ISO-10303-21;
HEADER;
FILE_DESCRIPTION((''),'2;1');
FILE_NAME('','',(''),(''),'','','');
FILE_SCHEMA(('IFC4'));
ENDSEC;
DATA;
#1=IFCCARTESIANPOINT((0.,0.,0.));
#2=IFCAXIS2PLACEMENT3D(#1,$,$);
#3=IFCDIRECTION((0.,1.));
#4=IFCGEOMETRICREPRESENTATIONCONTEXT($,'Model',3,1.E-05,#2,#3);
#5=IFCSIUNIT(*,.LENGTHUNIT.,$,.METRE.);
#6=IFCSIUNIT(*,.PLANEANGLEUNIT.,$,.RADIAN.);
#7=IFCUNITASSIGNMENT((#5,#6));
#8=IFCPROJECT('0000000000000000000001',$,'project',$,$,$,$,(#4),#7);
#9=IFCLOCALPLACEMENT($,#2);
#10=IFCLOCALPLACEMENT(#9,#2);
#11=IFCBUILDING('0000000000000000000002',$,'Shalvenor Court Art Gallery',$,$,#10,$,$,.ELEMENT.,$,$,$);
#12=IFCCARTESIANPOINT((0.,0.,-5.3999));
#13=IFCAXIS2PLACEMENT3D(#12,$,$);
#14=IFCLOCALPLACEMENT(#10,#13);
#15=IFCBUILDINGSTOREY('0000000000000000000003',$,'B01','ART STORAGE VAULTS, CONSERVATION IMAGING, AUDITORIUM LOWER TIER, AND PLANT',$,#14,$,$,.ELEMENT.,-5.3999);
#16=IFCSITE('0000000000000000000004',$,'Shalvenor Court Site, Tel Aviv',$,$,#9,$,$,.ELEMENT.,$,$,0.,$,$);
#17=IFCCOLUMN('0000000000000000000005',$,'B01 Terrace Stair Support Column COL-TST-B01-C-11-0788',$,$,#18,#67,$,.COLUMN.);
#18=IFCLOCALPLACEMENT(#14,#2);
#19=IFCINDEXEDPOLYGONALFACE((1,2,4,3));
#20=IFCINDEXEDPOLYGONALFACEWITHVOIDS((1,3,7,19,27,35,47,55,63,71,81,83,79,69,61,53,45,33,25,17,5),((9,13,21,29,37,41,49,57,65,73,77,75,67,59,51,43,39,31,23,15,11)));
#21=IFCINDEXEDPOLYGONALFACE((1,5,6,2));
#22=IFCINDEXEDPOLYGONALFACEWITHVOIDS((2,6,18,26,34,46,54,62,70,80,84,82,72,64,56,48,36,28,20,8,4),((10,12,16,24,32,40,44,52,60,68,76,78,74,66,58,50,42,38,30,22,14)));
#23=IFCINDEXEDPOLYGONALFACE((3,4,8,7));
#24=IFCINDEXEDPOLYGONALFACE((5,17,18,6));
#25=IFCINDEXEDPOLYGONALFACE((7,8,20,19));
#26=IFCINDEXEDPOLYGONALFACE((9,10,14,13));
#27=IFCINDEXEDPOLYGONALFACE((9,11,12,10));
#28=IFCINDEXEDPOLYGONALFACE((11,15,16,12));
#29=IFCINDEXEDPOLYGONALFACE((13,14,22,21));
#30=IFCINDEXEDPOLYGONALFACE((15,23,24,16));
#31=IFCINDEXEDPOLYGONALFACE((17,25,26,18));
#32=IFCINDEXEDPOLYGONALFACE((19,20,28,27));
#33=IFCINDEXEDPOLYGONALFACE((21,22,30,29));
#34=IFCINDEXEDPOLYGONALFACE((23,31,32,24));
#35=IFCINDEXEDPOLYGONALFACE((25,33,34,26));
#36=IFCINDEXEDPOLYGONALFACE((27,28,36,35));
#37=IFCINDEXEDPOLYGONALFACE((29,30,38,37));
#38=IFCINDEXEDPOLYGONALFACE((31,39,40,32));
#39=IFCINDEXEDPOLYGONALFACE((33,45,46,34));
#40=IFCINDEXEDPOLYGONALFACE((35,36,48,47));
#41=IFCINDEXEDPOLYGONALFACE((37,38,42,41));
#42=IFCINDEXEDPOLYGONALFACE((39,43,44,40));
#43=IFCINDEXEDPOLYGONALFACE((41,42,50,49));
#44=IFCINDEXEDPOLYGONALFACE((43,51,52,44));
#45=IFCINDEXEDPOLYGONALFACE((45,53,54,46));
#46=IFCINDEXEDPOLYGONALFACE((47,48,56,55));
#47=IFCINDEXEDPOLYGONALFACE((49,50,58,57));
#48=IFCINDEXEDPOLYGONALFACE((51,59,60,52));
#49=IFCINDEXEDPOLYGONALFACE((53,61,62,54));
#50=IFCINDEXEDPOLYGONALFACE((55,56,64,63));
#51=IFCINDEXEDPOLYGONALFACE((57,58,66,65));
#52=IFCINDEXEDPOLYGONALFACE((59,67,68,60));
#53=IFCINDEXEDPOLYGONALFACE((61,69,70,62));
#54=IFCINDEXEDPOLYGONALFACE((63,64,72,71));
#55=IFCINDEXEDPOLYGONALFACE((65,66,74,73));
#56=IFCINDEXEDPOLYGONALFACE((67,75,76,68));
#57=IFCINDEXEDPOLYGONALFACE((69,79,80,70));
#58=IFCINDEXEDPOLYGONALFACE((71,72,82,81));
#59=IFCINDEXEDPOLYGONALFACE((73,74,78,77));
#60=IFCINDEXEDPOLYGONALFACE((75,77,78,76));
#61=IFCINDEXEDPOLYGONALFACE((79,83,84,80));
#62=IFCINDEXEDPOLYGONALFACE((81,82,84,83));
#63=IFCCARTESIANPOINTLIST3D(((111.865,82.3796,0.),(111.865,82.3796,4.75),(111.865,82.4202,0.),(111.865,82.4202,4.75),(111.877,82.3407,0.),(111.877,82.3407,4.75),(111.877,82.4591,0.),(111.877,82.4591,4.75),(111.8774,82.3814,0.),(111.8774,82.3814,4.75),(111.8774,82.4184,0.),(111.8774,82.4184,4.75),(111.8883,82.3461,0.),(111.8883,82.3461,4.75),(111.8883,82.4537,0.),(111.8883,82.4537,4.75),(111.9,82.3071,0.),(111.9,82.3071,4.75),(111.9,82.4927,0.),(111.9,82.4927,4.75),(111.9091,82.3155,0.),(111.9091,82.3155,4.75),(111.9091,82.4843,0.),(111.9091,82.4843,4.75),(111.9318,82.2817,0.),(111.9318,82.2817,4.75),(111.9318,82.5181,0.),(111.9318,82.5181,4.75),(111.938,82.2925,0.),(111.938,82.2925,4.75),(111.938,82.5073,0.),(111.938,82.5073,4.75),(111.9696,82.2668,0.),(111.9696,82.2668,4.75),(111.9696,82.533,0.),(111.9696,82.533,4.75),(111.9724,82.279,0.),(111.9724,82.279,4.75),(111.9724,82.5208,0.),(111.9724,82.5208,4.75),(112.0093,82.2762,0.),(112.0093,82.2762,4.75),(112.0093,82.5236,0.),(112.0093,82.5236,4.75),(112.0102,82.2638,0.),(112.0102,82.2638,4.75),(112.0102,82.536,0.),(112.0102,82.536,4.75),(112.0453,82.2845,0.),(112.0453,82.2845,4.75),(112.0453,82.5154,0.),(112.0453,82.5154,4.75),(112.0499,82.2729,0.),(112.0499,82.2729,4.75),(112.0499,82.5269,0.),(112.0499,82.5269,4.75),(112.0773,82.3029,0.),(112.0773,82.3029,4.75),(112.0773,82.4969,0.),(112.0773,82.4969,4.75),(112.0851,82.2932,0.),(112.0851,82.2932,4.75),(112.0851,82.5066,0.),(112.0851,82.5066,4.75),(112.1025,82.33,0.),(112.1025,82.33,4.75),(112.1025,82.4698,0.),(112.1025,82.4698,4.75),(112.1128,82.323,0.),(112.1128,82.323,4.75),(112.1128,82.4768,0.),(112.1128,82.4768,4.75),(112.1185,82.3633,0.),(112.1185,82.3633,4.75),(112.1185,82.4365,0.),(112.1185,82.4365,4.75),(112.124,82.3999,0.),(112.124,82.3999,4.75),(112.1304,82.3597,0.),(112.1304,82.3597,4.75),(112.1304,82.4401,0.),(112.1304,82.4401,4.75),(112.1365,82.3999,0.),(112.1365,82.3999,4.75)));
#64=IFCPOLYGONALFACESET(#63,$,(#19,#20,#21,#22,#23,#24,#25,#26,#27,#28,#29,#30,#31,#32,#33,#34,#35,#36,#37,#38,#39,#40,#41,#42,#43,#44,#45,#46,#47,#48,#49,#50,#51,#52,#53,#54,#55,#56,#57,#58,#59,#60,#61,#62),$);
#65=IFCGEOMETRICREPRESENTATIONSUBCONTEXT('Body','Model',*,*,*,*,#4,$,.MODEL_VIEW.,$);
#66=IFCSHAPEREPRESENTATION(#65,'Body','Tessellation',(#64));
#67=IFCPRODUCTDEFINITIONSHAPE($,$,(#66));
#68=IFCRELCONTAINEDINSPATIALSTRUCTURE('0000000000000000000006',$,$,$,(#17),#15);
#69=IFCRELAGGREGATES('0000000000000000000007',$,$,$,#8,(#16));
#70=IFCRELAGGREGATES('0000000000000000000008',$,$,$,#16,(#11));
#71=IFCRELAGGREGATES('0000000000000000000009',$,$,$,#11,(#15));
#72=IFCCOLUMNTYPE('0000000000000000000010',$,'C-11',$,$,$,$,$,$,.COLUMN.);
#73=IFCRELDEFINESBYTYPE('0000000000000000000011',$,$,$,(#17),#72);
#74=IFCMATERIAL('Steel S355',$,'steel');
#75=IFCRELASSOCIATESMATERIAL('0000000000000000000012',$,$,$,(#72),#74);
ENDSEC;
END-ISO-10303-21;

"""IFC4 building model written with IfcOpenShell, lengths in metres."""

from ifc_helpers import new_model, si_unit, direction, frame, origin, origin_2d, place, context, subcontext, project, spatial, hollow_circle, extrude, material, material_profile, profile_set, type_object, element, save


model = new_model("IFC4")

# Units and contexts
model_context = context("Model", 3, precision=1e-05, world=origin(), true_north=direction((0.0, 1.0)))
body_context = subcontext(model_context, "Body", "Model", "MODEL_VIEW")
ifc_project = project(units=[si_unit("LENGTHUNIT", "METRE"), si_unit("PLANEANGLEUNIT", "RADIAN")], contexts=[model_context])

# Site, building, storey
site_placement = place(None, origin())
site = spatial("IfcSite", under=ifc_project, at=site_placement, Name="Shalvenor Court Site, Tel Aviv", CompositionType="ELEMENT", RefElevation=0.0)
building_placement = place(site_placement, origin())
building = spatial("IfcBuilding", under=site, at=building_placement, Name="Shalvenor Court Art Gallery", CompositionType="ELEMENT")
storey_placement = place(building_placement, frame((0.0, 0.0, -5.3999)))
storey = spatial("IfcBuildingStorey", under=building, at=storey_placement, Name="B01", Description="ART STORAGE VAULTS, CONSERVATION IMAGING, AUDITORIUM LOWER TIER, AND PLANT", CompositionType="ELEMENT", Elevation=-5.3999)

# Column
ifc_material_1 = material(Name="Steel S355", Category="steel")
ifc_material_profile_1 = material_profile(ifc_material_1, hollow_circle(Radius=0.1365, WallThickness=0.0125, at=origin_2d()), Name="CHS 273.0x12.5")
ifc_profile_set_1 = profile_set([ifc_material_profile_1], Name="Steel S355")
column_type_1 = type_object("IfcColumnType", Name="C-11", PredefinedType="COLUMN", material=ifc_profile_set_1)
column_placement = place(storey_placement, frame((112.0, 82.3999, 0.0), z_axis=(0.0, 0.0, 1.0), x_axis=(1.0, 0.0, 0.0)))
element("IfcColumn", 1, at=column_placement, inside=storey, type_object=column_type_1, Name="B01 Terrace Stair Support Column COL-TST-B01-C-11-0788", PredefinedType="COLUMN", context=body_context, shape_type="SweptSolid", body=[
    extrude(hollow_circle(Radius=0.1365, WallThickness=0.0125, at=origin_2d()), origin(), (0.0, 0.0, 1.0), 4.75),
])

save(model, "model.ifc")
